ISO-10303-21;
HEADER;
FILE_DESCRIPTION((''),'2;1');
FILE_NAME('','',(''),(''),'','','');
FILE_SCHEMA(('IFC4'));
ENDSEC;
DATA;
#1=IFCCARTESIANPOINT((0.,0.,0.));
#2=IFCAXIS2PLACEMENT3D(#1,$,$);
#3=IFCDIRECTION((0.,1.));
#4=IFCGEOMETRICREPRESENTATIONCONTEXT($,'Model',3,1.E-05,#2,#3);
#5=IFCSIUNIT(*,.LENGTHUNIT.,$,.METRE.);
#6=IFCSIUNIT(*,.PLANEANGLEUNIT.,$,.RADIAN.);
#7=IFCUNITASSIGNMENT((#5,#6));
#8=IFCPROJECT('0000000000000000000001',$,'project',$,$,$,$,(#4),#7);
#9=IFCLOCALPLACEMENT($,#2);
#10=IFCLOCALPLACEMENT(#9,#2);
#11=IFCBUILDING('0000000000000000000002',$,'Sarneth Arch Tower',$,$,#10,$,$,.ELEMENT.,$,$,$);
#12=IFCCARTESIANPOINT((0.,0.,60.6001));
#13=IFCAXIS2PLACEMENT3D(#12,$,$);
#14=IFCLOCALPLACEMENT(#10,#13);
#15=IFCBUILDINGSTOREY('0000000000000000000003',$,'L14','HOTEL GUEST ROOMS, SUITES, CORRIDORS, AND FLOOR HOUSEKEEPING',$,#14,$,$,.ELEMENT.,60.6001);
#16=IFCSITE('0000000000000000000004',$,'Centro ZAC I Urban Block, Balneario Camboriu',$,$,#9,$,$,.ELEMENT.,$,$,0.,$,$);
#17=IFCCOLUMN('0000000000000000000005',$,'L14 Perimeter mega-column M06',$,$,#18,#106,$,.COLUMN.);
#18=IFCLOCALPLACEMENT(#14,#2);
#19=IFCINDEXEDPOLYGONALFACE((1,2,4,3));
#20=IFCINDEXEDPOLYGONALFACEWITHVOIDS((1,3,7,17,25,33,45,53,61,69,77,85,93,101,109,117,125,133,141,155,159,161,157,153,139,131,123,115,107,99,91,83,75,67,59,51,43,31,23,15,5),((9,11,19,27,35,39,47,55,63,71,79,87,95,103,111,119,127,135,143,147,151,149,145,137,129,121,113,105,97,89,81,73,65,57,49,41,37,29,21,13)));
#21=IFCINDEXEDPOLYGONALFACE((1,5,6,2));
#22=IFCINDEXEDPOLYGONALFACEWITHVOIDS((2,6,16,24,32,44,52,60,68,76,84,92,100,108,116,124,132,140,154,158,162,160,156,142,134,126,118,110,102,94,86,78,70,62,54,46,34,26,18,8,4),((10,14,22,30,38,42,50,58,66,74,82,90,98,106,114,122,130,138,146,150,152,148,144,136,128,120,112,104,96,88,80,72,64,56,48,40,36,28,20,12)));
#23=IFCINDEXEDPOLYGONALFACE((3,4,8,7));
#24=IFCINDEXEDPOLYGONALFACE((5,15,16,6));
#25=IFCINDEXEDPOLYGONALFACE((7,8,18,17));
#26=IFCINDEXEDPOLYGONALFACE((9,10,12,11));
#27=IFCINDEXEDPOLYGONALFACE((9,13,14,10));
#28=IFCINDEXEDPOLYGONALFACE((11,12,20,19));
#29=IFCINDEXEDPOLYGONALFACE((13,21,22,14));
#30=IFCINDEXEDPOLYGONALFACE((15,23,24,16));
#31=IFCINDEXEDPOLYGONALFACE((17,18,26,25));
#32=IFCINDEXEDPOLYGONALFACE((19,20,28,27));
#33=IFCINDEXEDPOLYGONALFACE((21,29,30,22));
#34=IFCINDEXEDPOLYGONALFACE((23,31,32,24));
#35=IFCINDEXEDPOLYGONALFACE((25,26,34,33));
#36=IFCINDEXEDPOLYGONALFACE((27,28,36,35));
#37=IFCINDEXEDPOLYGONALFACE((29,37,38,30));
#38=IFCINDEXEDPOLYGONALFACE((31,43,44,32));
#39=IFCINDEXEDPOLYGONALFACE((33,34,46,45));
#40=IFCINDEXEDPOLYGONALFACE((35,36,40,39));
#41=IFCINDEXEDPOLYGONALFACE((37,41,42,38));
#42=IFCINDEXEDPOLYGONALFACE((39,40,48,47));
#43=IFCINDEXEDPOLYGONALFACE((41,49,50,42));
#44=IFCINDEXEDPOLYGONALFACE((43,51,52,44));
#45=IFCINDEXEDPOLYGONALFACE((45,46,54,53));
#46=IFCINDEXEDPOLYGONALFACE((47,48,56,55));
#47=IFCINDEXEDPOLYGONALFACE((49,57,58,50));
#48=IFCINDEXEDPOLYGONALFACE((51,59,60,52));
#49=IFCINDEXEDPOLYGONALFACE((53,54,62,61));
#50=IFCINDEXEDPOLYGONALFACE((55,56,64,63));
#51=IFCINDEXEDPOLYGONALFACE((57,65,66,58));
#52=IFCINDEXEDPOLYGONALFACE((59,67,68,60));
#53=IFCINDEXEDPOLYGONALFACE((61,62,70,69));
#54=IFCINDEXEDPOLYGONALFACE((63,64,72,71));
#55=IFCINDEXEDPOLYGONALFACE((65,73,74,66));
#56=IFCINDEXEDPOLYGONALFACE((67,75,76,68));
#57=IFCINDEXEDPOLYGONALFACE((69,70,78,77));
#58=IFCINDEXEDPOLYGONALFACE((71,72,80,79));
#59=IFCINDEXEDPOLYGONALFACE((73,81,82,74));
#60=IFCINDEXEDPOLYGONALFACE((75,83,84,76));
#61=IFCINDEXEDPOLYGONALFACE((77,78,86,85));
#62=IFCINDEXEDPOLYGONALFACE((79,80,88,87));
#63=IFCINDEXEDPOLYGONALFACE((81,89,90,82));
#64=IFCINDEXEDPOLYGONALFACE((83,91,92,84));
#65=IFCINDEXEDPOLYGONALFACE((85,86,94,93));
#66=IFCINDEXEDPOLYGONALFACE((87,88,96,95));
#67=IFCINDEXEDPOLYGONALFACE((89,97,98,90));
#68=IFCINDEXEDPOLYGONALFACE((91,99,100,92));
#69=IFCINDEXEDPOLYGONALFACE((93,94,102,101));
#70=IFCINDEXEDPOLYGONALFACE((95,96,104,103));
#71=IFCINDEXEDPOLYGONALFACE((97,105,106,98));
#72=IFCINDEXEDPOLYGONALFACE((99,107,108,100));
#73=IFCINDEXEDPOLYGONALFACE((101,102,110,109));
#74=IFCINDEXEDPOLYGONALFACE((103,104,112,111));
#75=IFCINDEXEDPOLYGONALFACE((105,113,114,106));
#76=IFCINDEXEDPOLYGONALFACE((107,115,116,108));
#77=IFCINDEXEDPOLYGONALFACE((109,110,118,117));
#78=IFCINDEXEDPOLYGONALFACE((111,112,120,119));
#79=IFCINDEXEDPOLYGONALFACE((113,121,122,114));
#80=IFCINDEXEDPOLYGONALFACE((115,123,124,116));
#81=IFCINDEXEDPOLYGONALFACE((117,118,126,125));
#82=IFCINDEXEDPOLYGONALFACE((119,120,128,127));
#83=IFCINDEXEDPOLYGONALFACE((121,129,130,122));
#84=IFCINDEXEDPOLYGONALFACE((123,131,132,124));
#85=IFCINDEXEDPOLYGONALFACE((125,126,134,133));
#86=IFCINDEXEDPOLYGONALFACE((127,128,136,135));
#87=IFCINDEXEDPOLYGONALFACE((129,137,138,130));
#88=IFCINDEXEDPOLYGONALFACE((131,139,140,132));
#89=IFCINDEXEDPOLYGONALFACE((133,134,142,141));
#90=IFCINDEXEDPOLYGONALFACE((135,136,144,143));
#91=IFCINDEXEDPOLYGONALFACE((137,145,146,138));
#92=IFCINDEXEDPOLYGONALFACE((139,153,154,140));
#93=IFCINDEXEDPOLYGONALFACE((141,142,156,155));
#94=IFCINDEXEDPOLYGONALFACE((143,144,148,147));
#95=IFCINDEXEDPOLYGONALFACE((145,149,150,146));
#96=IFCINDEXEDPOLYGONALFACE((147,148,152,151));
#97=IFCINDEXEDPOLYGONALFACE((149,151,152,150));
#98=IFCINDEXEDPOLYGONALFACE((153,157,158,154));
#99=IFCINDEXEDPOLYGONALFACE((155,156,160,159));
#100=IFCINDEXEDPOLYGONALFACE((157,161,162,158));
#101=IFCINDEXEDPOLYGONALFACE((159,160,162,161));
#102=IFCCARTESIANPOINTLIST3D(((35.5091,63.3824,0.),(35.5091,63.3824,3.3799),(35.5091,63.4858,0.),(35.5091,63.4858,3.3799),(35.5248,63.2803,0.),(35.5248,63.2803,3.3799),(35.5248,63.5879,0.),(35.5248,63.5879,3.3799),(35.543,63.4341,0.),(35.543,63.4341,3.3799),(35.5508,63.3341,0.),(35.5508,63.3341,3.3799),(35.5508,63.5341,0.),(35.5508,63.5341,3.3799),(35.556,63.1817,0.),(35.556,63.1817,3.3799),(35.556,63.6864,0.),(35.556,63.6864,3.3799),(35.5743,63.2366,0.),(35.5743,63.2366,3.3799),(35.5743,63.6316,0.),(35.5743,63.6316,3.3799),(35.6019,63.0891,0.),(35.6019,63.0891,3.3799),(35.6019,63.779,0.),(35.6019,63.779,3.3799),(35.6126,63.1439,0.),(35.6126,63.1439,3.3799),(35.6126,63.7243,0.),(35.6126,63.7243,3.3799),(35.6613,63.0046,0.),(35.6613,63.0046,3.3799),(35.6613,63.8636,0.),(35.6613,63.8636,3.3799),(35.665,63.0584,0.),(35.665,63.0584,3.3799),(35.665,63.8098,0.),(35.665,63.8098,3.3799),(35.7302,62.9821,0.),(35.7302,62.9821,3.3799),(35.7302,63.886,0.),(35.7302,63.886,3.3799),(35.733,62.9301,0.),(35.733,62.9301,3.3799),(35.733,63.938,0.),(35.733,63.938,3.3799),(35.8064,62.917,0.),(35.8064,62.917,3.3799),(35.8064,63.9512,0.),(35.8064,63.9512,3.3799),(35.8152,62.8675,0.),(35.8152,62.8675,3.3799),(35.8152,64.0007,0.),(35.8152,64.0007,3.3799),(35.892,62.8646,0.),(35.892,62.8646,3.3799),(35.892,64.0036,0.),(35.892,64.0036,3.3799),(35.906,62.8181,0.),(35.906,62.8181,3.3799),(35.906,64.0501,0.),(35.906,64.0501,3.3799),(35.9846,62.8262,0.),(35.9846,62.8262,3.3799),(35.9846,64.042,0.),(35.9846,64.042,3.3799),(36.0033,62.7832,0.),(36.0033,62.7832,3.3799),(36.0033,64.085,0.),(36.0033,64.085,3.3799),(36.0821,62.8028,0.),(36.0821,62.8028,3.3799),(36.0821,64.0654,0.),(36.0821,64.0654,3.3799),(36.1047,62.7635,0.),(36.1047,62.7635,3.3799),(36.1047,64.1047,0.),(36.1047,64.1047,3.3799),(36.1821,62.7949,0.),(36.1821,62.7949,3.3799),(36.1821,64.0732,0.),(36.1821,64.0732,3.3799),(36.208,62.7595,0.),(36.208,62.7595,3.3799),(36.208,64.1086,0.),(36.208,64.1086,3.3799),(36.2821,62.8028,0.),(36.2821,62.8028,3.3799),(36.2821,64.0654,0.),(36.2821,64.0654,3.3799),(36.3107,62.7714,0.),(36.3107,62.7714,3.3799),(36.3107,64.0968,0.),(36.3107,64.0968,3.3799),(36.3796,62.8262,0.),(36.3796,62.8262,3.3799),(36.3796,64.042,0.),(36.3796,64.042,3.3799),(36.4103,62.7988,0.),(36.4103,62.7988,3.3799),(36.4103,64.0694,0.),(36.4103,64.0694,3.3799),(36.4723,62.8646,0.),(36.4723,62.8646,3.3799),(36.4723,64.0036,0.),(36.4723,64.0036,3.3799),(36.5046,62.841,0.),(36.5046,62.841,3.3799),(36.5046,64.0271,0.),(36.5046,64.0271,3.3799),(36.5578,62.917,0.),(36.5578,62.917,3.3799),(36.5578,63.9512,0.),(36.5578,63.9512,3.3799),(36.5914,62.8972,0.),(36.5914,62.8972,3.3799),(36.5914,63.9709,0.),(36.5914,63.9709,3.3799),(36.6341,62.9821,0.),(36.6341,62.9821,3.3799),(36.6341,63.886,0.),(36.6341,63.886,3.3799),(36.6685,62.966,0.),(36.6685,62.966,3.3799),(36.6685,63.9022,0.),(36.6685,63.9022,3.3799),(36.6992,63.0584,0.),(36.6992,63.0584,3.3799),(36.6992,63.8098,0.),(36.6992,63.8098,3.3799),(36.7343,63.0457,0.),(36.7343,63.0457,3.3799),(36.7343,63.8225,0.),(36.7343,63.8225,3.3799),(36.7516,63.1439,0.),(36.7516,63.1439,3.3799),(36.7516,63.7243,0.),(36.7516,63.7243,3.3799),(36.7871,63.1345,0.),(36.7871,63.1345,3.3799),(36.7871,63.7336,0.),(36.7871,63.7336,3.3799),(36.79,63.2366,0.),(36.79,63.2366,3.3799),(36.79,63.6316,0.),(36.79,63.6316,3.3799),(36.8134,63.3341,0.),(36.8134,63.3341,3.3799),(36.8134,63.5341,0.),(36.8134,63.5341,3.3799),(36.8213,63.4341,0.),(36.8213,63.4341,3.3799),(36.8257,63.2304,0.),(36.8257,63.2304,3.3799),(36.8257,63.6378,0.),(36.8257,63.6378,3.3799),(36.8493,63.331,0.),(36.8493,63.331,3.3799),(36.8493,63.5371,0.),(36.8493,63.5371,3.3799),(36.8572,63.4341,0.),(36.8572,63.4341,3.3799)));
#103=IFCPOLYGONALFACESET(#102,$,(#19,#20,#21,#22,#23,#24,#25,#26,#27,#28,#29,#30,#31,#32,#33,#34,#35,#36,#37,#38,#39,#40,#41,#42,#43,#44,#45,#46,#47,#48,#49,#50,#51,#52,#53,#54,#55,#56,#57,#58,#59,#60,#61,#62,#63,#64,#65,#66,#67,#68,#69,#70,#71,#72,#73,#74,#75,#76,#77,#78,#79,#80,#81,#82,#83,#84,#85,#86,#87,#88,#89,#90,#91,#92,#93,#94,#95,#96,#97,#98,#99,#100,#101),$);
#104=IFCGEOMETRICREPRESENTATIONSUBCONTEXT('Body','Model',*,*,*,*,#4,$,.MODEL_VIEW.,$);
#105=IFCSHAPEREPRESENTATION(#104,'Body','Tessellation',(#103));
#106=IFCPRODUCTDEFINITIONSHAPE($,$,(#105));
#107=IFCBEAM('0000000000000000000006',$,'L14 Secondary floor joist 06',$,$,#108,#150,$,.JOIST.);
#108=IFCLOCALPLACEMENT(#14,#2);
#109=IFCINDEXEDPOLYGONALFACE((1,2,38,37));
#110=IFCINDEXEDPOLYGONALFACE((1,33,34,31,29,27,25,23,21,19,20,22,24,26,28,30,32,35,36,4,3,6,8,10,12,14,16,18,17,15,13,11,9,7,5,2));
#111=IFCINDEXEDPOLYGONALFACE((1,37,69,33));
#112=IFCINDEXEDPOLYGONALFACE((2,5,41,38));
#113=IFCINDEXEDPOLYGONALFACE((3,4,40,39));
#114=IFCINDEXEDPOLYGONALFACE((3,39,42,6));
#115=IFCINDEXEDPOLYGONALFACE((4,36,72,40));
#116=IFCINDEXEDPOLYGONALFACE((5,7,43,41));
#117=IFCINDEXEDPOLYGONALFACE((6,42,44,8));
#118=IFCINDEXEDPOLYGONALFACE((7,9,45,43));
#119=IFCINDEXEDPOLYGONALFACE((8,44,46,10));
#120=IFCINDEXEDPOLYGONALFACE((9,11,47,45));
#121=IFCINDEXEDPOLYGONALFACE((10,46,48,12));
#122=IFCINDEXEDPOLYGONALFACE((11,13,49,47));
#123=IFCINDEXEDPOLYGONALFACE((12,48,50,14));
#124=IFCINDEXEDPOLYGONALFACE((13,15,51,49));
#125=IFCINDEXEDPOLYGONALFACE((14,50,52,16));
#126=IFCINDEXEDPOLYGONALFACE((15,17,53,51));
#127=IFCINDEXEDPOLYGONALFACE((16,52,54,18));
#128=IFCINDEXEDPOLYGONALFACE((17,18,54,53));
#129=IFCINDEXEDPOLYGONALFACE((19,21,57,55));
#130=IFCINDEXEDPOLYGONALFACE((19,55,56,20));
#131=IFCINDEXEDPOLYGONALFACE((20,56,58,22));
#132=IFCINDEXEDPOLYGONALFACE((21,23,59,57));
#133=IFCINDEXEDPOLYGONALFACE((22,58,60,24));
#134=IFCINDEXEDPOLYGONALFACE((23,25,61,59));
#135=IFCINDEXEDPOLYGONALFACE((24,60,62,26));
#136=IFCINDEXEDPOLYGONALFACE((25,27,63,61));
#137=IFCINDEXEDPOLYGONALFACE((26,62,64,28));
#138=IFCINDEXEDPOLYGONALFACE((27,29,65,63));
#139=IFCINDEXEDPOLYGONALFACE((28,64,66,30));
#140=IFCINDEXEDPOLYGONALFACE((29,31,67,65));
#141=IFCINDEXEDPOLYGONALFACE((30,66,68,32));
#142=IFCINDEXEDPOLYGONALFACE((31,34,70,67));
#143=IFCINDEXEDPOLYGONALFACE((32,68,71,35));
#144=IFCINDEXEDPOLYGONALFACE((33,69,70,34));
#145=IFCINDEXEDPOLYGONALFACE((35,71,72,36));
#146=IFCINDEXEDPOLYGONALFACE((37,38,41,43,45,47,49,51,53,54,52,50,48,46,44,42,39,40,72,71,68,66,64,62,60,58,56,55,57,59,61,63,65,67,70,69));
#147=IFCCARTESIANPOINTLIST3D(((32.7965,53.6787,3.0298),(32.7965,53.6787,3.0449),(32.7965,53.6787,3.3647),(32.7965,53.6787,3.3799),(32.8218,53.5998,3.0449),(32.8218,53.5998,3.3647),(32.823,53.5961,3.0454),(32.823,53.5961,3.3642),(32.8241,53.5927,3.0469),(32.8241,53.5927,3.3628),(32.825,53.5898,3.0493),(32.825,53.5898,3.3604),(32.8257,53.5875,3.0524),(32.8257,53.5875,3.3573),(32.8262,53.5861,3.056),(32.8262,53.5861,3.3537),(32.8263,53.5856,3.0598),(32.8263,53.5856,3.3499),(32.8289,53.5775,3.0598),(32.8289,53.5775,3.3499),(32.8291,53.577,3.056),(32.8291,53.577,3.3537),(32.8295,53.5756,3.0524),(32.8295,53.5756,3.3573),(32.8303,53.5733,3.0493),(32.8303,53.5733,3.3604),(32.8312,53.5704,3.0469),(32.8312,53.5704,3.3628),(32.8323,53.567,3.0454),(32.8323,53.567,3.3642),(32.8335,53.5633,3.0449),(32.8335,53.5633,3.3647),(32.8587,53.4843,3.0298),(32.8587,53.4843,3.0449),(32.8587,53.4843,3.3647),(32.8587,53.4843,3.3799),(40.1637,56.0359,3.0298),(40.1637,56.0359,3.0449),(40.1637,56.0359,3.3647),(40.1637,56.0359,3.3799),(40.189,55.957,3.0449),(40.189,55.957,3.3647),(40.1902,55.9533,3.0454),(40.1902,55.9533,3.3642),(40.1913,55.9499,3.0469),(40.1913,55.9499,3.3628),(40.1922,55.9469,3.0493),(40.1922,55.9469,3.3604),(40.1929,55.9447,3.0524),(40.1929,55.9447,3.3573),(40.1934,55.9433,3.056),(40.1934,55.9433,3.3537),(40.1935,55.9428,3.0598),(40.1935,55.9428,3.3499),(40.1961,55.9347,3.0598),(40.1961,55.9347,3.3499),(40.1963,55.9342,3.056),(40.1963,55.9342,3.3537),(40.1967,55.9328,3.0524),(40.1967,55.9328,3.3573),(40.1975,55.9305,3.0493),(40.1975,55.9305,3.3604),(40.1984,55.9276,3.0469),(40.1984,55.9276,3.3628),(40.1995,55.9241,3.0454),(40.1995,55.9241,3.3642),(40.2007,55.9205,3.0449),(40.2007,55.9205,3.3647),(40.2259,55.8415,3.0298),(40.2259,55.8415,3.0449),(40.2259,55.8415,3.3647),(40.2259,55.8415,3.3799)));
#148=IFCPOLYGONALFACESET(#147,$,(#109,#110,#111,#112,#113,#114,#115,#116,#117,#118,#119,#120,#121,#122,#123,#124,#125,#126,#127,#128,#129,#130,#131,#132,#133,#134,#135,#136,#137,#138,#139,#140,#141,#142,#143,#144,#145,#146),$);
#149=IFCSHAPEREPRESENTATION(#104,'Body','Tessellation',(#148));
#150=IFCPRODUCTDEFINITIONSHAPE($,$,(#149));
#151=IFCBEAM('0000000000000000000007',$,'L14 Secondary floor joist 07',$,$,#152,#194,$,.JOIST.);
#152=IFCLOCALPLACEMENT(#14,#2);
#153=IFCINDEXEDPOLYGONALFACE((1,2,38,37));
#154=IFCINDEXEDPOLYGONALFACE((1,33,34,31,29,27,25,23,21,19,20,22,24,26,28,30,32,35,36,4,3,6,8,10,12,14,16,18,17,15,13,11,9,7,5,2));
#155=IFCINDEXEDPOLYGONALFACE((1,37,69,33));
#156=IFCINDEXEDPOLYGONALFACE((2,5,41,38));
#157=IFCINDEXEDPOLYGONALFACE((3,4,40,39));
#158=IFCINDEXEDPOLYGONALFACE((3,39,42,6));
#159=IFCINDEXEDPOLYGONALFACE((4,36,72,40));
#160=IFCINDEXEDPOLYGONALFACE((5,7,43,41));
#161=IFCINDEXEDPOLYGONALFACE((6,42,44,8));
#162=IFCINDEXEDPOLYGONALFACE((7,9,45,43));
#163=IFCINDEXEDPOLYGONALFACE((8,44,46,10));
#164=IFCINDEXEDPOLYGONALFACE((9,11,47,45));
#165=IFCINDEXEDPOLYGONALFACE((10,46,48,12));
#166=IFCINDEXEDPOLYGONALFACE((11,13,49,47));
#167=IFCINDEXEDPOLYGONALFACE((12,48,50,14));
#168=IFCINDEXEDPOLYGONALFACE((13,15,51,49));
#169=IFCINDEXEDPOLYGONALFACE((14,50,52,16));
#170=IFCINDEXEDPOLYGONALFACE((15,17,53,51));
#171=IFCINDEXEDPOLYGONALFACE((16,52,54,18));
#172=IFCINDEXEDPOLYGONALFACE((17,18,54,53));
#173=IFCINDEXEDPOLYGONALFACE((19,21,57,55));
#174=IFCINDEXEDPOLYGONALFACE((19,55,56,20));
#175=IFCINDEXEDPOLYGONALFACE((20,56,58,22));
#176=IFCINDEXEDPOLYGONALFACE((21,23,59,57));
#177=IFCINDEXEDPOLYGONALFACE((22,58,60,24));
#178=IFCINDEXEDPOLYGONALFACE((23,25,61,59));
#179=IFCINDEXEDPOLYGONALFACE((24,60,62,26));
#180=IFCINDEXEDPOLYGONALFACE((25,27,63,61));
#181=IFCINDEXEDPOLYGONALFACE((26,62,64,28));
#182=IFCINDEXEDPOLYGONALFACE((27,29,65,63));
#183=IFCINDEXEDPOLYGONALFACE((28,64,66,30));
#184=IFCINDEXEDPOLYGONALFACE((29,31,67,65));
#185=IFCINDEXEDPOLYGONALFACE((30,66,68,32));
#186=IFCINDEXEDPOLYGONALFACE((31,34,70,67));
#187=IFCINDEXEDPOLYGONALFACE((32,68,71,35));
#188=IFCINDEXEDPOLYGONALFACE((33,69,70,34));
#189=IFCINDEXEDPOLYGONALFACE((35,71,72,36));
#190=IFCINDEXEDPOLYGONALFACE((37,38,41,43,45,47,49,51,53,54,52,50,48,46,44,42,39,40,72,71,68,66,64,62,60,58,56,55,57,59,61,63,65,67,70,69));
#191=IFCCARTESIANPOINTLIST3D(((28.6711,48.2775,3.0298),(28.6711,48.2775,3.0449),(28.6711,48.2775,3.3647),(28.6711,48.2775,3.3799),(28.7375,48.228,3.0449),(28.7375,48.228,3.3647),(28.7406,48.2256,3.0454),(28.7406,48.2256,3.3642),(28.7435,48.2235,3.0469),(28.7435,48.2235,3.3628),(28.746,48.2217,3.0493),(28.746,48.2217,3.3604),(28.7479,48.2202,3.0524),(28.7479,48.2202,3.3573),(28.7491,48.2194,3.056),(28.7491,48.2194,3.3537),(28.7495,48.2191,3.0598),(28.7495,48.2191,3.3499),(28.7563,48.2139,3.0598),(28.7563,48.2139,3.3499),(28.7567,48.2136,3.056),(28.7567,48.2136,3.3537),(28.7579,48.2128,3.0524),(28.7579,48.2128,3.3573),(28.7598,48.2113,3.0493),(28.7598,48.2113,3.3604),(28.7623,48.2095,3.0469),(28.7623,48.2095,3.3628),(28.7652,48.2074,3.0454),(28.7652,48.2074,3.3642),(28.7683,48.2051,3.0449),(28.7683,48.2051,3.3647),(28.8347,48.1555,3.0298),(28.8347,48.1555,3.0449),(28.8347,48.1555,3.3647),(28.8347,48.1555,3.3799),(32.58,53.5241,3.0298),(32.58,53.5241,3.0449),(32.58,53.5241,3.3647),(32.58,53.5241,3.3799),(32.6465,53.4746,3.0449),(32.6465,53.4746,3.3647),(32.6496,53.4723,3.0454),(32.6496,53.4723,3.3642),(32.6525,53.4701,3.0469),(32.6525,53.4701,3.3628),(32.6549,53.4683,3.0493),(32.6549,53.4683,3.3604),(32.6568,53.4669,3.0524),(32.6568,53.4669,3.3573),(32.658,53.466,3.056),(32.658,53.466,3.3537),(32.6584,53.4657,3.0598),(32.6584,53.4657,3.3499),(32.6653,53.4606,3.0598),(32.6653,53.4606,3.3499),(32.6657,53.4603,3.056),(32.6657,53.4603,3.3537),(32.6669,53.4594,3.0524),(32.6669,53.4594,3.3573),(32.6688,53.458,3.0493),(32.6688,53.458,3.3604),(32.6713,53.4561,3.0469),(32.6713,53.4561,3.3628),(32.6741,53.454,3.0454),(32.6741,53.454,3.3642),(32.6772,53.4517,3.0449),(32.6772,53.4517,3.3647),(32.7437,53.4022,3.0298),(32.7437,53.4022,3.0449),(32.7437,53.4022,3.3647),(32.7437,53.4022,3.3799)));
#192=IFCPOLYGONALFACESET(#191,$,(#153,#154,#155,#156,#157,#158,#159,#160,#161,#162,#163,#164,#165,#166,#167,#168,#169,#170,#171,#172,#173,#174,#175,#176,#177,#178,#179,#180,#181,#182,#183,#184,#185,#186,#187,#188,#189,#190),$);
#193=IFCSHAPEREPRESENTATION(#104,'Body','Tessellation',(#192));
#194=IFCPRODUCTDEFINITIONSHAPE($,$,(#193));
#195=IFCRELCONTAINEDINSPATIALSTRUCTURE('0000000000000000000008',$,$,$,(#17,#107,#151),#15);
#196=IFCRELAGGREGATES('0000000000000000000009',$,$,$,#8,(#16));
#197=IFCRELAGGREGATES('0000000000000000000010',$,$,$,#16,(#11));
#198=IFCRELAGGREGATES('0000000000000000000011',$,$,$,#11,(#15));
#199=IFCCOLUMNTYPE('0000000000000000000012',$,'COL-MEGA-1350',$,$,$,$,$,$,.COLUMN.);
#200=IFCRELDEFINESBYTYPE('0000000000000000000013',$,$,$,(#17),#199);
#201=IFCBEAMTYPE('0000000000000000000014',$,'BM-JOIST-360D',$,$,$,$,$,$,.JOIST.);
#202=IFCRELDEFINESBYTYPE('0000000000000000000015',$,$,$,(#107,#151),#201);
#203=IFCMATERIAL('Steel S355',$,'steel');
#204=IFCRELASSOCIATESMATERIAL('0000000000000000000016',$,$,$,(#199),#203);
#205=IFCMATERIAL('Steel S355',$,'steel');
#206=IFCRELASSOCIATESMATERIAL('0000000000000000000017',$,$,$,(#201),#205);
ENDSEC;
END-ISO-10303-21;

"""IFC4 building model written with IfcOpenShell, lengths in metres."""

from ifc_helpers import new_model, si_unit, direction, frame, origin, origin_2d, place, context, subcontext, project, spatial, hollow_circle, i_section, extrude, material, material_profile, profile_set, type_object, element, save


model = new_model("IFC4")

# Units and contexts
model_context = context("Model", 3, precision=1e-05, world=origin(), true_north=direction((0.0, 1.0)))
body_context = subcontext(model_context, "Body", "Model", "MODEL_VIEW")
ifc_project = project(units=[si_unit("LENGTHUNIT", "METRE"), si_unit("PLANEANGLEUNIT", "RADIAN")], contexts=[model_context])

# Site, building, storey
site_placement = place(None, origin())
site = spatial("IfcSite", under=ifc_project, at=site_placement, Name="Centro ZAC I Urban Block, Balneario Camboriu", CompositionType="ELEMENT", RefElevation=0.0)
building_placement = place(site_placement, origin())
building = spatial("IfcBuilding", under=site, at=building_placement, Name="Sarneth Arch Tower", CompositionType="ELEMENT")
storey_placement = place(building_placement, frame((0.0, 0.0, 60.6001)))
storey = spatial("IfcBuildingStorey", under=building, at=storey_placement, Name="L14", Description="HOTEL GUEST ROOMS, SUITES, CORRIDORS, AND FLOOR HOUSEKEEPING", CompositionType="ELEMENT", Elevation=60.6001)

# Column
ifc_material_1 = material(Name="Steel S355", Category="steel")
ifc_material_profile_1 = material_profile(ifc_material_1, hollow_circle(Radius=0.675, WallThickness=0.0359, at=origin_2d()), Name="CHS1350x36")
ifc_profile_set_1 = profile_set([ifc_material_profile_1], Name="Steel S355")
column_type = type_object("IfcColumnType", Name="COL-MEGA-1350", PredefinedType="COLUMN", material=ifc_profile_set_1)
column_placement = place(storey_placement, frame((36.1821, 63.4341, 0.0), z_axis=(0.0, 0.0, 1.0), x_axis=(1.0, 0.0, 0.0)))
element("IfcColumn", 1, at=column_placement, inside=storey, type_object=column_type, Name="L14 Perimeter mega-column M06", PredefinedType="COLUMN", context=body_context, shape_type="SweptSolid", body=[
    extrude(hollow_circle(Radius=0.675, WallThickness=0.0359, at=origin_2d()), origin(), (0.0, 0.0, 1.0), 3.3799),
])

# Beams
ifc_material_2 = material(Name="Steel S355", Category="steel")
ifc_material_profile_2 = material_profile(ifc_material_2, i_section(OverallWidth=0.2041, OverallDepth=0.3501, WebThickness=0.0085, FlangeThickness=0.0151, FilletRadius=0.0149, at=origin_2d()), Name="W360x72")
ifc_profile_set_2 = profile_set([ifc_material_profile_2], Name="Steel S355")
beam_type_1 = type_object("IfcBeamType", Name="BM-JOIST-360D", PredefinedType="JOIST", material=ifc_profile_set_2)
beam_1_placement = place(storey_placement, frame((40.1948, 55.9387, 3.2048), z_axis=(-0.952436, -0.304738, 0.0), x_axis=(0.304738, -0.952436, 0.0)))
element("IfcBeam", 2, at=beam_1_placement, inside=storey, type_object=beam_type_1, Name="L14 Secondary floor joist 06", PredefinedType="JOIST", context=body_context, shape_type="SweptSolid", body=[
    extrude(i_section(OverallWidth=0.2041, OverallDepth=0.3501, WebThickness=0.0085, FlangeThickness=0.0151, FilletRadius=0.0149, at=origin_2d()), origin(), (0.0, 0.0, 1.0), 7.7351),
])
beam_2_placement = place(storey_placement, frame((32.6619, 53.4631, 3.2048), z_axis=(-0.597454, -0.801904, 0.0), x_axis=(0.801904, -0.597454, 0.0)))
element("IfcBeam", 3, at=beam_2_placement, inside=storey, type_object=beam_type_1, Name="L14 Secondary floor joist 07", PredefinedType="JOIST", context=body_context, shape_type="SweptSolid", body=[
    extrude(i_section(OverallWidth=0.2041, OverallDepth=0.3501, WebThickness=0.0085, FlangeThickness=0.0151, FilletRadius=0.0149, at=origin_2d()), origin(), (0.0, 0.0, 1.0), 6.5427),
])

save(model, "model.ifc")
